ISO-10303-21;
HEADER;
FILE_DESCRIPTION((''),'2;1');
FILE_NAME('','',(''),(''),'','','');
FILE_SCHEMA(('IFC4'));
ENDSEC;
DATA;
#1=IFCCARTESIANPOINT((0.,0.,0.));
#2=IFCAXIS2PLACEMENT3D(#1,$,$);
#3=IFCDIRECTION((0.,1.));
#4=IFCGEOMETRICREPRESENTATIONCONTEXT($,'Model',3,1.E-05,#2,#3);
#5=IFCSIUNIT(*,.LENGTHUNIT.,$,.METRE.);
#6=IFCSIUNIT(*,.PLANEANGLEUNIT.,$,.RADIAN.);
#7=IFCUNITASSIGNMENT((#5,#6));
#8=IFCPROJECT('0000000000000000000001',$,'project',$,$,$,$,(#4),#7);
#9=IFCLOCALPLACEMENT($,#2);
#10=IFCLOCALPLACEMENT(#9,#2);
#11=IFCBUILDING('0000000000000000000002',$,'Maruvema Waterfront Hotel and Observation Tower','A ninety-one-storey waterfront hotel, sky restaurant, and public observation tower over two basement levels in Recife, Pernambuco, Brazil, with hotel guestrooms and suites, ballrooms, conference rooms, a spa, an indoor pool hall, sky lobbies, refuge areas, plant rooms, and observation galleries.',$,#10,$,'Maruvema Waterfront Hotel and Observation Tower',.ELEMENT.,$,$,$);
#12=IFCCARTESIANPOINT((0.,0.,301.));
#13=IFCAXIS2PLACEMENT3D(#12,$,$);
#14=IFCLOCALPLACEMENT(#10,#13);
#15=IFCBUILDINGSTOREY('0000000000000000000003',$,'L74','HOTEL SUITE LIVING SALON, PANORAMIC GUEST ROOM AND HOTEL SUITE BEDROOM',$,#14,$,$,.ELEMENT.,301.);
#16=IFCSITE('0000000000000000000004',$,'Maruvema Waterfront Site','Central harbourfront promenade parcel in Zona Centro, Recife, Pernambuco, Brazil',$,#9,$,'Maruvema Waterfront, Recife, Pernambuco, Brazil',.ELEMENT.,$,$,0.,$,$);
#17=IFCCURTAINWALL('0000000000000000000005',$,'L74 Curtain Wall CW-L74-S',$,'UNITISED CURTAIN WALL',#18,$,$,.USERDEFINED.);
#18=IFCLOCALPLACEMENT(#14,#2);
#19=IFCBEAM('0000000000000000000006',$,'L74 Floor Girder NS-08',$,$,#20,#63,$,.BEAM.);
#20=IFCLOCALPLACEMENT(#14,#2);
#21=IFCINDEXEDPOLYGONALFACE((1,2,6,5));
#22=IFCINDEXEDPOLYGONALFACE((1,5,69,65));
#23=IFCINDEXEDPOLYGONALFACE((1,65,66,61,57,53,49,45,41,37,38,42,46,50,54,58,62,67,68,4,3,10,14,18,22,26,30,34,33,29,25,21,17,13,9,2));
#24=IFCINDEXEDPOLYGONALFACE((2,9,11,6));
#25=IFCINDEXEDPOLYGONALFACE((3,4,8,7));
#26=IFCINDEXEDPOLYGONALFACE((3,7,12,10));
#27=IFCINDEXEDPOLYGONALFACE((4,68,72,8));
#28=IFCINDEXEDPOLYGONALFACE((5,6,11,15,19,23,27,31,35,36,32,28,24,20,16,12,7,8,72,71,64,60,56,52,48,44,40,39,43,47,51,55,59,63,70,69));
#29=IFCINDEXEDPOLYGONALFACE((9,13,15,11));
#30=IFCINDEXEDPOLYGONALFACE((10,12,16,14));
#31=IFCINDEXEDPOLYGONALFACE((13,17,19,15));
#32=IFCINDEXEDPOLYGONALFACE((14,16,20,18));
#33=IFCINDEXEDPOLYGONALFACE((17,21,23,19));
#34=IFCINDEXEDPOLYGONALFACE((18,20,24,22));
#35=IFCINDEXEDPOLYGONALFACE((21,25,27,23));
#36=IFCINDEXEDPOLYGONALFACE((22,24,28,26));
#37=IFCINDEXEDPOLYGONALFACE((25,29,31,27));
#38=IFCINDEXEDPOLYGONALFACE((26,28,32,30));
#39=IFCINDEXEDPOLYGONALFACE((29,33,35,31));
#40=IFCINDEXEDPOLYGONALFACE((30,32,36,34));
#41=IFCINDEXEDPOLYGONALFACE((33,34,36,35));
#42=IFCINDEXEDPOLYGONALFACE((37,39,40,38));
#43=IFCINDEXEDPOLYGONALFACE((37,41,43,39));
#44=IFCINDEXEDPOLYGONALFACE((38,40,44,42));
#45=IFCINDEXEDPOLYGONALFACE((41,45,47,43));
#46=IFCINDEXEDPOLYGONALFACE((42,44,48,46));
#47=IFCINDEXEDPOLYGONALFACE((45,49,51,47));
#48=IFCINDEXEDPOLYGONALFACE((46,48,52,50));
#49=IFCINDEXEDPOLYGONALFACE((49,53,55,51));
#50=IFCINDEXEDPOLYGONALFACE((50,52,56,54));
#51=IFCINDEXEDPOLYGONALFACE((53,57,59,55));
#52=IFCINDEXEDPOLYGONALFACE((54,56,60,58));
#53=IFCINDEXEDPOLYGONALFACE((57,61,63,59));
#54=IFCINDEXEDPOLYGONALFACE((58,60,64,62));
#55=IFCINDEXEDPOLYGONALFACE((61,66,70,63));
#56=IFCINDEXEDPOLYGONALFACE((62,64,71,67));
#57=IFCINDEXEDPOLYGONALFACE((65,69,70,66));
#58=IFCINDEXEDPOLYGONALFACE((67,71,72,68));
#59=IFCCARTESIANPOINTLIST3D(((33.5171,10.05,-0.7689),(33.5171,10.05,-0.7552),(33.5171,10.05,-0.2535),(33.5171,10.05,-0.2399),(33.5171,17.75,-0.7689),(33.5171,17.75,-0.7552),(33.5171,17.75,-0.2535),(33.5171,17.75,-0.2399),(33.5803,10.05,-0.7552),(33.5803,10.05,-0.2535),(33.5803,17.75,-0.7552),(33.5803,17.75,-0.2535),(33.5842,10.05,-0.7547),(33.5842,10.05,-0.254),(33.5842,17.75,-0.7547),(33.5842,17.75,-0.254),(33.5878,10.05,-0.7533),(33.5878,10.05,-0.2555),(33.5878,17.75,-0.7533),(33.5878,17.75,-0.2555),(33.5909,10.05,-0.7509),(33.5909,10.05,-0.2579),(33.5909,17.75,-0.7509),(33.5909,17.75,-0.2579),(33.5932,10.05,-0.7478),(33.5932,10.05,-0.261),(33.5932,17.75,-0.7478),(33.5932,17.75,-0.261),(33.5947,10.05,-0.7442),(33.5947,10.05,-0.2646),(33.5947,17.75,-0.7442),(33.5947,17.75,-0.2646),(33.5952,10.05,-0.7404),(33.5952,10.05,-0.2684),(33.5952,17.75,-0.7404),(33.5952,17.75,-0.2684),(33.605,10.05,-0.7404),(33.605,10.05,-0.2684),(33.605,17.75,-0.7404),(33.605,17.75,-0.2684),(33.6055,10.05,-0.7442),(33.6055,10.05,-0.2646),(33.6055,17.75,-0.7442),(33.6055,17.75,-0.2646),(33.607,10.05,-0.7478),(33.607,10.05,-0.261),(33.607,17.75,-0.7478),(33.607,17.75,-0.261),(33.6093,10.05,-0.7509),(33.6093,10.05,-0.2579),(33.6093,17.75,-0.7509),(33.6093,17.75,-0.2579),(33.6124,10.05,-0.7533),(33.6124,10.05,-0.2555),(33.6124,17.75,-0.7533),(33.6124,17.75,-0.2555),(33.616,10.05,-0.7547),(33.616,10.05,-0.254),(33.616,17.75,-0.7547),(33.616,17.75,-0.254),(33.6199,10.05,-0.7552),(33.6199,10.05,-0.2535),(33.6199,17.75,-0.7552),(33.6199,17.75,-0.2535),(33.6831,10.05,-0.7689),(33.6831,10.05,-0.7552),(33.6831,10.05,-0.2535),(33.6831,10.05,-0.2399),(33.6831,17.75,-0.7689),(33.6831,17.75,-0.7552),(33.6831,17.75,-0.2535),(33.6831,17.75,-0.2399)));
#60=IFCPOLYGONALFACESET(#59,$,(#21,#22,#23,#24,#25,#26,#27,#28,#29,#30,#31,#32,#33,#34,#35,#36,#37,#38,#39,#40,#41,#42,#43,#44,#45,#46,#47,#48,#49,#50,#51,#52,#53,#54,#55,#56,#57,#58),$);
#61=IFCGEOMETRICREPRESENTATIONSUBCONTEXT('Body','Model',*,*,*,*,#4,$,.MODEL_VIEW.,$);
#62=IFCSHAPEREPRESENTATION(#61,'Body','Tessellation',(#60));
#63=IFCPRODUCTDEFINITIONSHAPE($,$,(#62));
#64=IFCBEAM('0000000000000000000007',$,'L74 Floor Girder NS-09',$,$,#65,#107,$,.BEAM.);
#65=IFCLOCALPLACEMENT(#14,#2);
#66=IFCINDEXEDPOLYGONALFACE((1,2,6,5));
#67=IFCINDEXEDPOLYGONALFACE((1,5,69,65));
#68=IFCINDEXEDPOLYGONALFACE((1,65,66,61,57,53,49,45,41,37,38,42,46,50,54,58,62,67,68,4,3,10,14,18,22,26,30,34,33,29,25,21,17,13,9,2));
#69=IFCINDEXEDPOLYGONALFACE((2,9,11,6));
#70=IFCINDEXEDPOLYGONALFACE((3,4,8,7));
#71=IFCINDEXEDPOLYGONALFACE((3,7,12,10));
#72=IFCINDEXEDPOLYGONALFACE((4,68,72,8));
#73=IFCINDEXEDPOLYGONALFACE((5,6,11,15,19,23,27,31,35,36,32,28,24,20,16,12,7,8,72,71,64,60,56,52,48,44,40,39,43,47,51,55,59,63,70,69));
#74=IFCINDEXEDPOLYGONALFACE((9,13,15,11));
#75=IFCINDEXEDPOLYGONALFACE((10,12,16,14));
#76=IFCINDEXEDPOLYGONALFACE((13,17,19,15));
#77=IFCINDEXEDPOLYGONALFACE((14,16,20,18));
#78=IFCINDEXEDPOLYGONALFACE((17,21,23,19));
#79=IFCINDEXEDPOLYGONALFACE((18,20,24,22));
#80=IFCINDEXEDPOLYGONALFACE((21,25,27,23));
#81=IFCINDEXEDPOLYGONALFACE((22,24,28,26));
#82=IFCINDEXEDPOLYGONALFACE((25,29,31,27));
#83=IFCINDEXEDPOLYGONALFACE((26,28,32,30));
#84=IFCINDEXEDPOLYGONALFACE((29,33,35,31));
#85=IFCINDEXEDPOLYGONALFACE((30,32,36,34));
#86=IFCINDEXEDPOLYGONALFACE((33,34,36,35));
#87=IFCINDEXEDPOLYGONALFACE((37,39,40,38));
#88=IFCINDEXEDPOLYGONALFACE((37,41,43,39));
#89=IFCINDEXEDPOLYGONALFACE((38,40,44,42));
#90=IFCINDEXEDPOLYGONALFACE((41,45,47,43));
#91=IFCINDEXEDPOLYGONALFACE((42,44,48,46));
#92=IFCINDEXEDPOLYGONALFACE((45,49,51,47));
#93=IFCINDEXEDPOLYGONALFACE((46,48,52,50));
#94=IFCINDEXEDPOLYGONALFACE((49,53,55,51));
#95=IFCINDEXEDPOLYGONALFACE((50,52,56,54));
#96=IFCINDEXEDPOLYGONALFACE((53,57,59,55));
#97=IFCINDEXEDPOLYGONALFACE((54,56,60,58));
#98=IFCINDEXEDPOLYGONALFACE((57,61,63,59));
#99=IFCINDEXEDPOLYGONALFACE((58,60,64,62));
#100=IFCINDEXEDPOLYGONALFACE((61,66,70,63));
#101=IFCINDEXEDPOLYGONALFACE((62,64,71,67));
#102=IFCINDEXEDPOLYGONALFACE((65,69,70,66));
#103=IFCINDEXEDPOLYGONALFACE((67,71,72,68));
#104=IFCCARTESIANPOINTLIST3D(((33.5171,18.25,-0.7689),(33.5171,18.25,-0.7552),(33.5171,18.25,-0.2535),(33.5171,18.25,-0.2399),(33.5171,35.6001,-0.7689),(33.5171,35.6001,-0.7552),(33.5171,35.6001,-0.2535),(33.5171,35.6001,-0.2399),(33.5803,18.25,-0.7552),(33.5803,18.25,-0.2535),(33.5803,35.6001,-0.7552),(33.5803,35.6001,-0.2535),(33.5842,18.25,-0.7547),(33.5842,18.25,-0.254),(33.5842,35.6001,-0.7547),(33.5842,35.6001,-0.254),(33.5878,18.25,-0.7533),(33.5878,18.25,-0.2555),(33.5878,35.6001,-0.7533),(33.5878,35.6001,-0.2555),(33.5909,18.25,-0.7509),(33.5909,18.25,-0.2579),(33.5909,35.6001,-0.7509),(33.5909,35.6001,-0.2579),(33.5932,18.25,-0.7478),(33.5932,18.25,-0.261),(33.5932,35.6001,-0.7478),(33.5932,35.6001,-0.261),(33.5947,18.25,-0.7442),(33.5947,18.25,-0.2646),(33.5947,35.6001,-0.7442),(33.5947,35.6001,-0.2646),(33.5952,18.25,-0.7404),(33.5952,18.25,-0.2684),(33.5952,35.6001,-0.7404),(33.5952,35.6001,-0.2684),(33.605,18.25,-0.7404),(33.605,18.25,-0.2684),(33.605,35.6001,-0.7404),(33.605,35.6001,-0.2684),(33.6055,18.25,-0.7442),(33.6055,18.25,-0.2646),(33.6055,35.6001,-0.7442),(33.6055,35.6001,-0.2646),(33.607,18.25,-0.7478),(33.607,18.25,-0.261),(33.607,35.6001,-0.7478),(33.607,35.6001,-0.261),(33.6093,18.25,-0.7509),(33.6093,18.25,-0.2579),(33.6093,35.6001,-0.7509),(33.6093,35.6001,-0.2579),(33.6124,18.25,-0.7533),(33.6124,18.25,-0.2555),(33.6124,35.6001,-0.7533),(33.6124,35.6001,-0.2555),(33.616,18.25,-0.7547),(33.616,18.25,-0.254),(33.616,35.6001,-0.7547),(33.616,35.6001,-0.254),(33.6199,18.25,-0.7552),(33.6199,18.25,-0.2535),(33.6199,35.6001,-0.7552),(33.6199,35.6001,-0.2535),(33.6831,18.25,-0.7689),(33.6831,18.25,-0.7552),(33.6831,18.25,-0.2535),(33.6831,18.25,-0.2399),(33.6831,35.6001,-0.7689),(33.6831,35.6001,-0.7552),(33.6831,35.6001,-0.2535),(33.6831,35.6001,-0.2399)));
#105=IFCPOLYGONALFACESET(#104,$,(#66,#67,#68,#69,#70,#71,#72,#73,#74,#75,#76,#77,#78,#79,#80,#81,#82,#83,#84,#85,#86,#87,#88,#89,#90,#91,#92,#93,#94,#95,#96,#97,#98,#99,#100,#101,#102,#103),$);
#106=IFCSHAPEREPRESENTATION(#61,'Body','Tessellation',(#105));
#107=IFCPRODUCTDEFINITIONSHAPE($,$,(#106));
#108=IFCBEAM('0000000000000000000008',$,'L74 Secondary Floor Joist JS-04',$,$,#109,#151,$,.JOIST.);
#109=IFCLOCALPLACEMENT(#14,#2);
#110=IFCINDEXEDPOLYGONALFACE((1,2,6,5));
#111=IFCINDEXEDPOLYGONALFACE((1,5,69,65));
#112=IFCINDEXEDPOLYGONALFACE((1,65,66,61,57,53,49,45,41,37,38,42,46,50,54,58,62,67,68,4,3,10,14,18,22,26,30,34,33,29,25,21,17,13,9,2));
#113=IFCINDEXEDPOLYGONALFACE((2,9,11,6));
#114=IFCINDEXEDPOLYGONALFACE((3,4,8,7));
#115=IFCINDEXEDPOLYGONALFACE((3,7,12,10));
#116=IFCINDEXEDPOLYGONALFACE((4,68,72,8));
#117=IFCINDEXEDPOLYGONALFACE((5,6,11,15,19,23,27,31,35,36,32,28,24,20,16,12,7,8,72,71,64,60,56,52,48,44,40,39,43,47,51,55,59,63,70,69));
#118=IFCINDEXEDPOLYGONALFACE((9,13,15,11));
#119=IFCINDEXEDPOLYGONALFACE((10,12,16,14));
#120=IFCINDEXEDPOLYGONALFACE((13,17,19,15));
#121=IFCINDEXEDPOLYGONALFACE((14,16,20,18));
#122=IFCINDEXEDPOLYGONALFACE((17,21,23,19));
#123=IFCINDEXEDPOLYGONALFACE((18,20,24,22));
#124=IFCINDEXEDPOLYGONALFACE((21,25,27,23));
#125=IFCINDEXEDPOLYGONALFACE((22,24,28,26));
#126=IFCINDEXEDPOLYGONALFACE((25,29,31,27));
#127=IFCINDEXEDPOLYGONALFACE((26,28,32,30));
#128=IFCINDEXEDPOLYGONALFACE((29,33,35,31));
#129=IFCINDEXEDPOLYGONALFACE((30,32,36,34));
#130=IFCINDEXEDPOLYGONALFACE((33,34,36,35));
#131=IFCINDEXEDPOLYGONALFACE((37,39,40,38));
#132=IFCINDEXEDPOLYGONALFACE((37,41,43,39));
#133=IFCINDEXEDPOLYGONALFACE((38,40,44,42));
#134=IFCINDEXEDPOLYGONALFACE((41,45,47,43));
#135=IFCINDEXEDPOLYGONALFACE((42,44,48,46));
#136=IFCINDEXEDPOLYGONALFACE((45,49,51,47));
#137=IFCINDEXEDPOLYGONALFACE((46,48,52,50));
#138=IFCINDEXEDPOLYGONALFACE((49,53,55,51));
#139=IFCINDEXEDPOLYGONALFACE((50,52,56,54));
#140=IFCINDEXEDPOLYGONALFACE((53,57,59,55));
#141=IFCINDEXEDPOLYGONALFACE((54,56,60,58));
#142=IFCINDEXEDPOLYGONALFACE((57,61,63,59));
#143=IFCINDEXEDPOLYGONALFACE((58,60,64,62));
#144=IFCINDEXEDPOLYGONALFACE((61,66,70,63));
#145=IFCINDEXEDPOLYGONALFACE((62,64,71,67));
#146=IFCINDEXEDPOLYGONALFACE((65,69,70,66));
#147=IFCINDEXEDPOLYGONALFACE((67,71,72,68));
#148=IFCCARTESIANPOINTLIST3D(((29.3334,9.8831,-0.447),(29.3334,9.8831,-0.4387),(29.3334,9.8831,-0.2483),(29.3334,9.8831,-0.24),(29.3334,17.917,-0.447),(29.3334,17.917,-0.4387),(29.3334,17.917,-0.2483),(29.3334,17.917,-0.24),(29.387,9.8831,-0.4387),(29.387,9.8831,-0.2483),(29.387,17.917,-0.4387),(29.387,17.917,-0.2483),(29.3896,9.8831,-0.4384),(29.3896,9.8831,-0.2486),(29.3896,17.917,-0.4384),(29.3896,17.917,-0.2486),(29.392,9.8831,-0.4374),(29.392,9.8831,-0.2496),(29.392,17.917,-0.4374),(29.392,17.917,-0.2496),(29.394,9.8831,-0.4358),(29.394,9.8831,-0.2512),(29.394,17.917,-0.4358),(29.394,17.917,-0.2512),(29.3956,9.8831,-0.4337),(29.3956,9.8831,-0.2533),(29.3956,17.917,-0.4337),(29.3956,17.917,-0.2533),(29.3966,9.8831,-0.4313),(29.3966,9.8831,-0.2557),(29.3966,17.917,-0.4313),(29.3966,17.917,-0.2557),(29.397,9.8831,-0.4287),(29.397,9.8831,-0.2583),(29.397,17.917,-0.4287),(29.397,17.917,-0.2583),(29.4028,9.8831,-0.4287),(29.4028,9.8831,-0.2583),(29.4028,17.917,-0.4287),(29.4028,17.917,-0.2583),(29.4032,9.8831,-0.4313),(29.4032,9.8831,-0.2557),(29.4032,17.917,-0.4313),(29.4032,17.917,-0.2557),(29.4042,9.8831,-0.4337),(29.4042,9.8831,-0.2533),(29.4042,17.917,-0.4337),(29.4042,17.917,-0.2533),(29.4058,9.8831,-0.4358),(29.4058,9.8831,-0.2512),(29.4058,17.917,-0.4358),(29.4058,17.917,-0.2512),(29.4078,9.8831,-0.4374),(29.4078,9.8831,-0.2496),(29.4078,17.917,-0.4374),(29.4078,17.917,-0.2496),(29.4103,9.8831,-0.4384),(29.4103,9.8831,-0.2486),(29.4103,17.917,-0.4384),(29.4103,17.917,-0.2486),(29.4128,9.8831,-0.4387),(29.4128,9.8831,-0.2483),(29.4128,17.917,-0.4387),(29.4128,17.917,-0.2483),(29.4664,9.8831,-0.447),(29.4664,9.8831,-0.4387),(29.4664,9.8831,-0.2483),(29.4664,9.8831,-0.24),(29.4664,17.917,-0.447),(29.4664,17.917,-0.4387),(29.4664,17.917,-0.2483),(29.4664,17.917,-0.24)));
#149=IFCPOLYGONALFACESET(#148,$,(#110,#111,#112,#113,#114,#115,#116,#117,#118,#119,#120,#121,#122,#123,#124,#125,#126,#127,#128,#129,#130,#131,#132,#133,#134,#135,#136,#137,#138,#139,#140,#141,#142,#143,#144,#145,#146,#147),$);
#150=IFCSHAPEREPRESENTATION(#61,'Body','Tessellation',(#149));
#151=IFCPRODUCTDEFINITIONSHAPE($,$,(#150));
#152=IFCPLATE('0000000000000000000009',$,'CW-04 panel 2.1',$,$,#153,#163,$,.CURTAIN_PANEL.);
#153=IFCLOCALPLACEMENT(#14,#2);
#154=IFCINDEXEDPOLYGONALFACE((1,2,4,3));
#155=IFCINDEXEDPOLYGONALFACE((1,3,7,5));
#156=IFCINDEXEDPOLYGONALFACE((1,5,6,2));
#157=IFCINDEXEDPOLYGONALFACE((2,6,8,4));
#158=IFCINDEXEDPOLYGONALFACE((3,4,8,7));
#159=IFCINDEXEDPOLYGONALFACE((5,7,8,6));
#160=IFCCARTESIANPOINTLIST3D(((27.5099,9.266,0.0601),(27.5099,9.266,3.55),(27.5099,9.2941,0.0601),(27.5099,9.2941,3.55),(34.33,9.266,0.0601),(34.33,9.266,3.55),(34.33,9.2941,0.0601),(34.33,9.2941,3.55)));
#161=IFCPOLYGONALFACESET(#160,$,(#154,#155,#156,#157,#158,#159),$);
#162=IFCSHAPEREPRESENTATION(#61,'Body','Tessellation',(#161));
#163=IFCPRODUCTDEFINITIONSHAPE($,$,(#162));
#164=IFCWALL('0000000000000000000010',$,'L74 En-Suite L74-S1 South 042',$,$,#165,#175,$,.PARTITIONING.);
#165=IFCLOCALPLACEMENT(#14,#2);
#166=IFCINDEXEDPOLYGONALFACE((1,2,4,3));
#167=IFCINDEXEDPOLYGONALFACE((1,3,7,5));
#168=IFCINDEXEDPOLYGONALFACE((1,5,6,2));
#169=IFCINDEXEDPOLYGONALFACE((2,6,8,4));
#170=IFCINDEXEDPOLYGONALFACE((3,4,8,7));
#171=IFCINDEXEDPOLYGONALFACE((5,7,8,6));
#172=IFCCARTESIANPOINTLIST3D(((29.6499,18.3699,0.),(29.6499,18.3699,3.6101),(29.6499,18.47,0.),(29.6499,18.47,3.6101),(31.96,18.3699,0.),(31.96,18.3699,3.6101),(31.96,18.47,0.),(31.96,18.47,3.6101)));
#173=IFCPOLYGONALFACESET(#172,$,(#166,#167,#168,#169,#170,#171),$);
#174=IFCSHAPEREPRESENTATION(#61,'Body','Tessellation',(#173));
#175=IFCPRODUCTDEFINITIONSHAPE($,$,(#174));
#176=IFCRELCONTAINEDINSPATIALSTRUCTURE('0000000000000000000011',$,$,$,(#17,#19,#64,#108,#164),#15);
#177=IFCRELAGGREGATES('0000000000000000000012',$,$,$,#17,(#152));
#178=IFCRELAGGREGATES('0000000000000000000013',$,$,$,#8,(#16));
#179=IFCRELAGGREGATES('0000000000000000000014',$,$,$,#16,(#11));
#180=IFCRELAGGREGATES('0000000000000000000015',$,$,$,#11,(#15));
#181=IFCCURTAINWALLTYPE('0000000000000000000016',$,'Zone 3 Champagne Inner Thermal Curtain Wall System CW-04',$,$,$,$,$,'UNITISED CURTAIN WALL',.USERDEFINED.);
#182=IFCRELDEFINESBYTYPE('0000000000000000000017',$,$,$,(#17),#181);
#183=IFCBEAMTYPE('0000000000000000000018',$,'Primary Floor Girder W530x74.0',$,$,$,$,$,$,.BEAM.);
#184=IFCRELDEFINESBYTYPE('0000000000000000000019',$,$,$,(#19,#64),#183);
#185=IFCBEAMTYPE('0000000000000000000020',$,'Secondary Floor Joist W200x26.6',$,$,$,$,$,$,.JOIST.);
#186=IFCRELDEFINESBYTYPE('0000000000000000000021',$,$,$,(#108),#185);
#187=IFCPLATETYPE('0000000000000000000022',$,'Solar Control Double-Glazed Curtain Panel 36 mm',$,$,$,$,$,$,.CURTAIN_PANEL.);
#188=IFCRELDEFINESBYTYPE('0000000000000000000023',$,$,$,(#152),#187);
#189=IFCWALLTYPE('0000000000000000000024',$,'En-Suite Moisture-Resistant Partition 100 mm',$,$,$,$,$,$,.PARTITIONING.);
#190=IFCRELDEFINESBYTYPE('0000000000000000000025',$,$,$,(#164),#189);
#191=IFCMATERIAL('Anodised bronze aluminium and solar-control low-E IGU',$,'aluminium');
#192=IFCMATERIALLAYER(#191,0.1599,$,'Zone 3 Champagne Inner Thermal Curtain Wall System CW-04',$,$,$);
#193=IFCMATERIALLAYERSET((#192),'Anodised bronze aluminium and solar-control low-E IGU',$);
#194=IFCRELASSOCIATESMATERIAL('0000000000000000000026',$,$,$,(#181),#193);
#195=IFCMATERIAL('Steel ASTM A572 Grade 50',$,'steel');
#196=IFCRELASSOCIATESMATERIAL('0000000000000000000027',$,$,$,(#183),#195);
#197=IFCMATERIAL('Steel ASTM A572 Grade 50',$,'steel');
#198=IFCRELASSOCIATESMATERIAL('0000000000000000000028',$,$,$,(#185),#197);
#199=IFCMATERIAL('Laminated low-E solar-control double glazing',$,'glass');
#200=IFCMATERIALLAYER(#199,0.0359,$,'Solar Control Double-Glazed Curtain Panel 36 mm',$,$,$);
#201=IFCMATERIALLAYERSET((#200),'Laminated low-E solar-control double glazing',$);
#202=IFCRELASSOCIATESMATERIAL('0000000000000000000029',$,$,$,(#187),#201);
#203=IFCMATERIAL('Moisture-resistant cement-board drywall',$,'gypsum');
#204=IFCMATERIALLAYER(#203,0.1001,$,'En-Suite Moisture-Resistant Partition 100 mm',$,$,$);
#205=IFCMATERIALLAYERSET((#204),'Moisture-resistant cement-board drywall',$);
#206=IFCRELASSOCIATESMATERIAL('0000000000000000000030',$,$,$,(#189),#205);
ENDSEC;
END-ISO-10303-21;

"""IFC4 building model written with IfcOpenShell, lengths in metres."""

from ifc_helpers import new_model, si_unit, direction, frame, frame_2d, origin, origin_2d, place, context, subcontext, project, spatial, rectangle, i_section, extrude, material, layer, layer_set, material_profile, profile_set, type_object, element, aggregate, save


model = new_model("IFC4")

# Units and contexts
model_context = context("Model", 3, precision=1e-05, world=origin(), true_north=direction((0.0, 1.0)))
body_context = subcontext(model_context, "Body", "Model", "MODEL_VIEW")
ifc_project = project(units=[si_unit("LENGTHUNIT", "METRE"), si_unit("PLANEANGLEUNIT", "RADIAN")], contexts=[model_context])

# Site, building, storey
site_placement = place(None, origin())
site = spatial("IfcSite", under=ifc_project, at=site_placement, Name="Maruvema Waterfront Site", Description="Central harbourfront promenade parcel in Zona Centro, Recife, Pernambuco, Brazil", LongName="Maruvema Waterfront, Recife, Pernambuco, Brazil", CompositionType="ELEMENT", RefElevation=0.0)
building_placement = place(site_placement, origin())
building = spatial("IfcBuilding", under=site, at=building_placement, Name="Maruvema Waterfront Hotel and Observation Tower", Description="A ninety-one-storey waterfront hotel, sky restaurant, and public observation tower over two basement levels in Recife, Pernambuco, Brazil, with hotel guestrooms and suites, ballrooms, conference rooms, a spa, an indoor pool hall, sky lobbies, refuge areas, plant rooms, and observation galleries.", LongName="Maruvema Waterfront Hotel and Observation Tower", CompositionType="ELEMENT")
storey_placement = place(building_placement, frame((0.0, 0.0, 301.0)))
storey = spatial("IfcBuildingStorey", under=building, at=storey_placement, Name="L74", Description="HOTEL SUITE LIVING SALON, PANORAMIC GUEST ROOM AND HOTEL SUITE BEDROOM", CompositionType="ELEMENT", Elevation=301.0)

# Curtain wall
ifc_material_1 = material(Name="Anodised bronze aluminium and solar-control low-E IGU", Category="aluminium")
ifc_layer_1 = layer(ifc_material_1, 0.1599, Name="Zone 3 Champagne Inner Thermal Curtain Wall System CW-04")
ifc_layer_set_1 = layer_set([ifc_layer_1], Name="Anodised bronze aluminium and solar-control low-E IGU")
curtain_wall_type = type_object("IfcCurtainWallType", Name="Zone 3 Champagne Inner Thermal Curtain Wall System CW-04", ElementType="UNITISED CURTAIN WALL", PredefinedType="USERDEFINED", material=ifc_layer_set_1)
curtain_wall_placement = place(storey_placement, origin())
curtain_wall = element("IfcCurtainWall", 1, at=curtain_wall_placement, inside=storey, type_object=curtain_wall_type, Name="L74 Curtain Wall CW-L74-S", ObjectType="UNITISED CURTAIN WALL", PredefinedType="USERDEFINED")

# Beams
ifc_material_2 = material(Name="Steel ASTM A572 Grade 50", Category="steel")
ifc_material_profile_1 = material_profile(ifc_material_2, i_section(OverallWidth=0.166, OverallDepth=0.5291, WebThickness=0.0098, FlangeThickness=0.0137, FilletRadius=0.0149, at=origin_2d()), Name="W530x74.0")
ifc_profile_set_1 = profile_set([ifc_material_profile_1], Name="Steel ASTM A572 Grade 50")
beam_type_1 = type_object("IfcBeamType", Name="Primary Floor Girder W530x74.0", PredefinedType="BEAM", material=ifc_profile_set_1)
beam_1_placement = place(storey_placement, frame((33.6001, 10.05, -0.5044), z_axis=(0.0, 1.0, 0.0), x_axis=(-1.0, 0.0, 0.0)))
element("IfcBeam", 2, at=beam_1_placement, inside=storey, type_object=beam_type_1, Name="L74 Floor Girder NS-08", PredefinedType="BEAM", context=body_context, shape_type="SweptSolid", body=[
    extrude(i_section(OverallWidth=0.166, OverallDepth=0.5291, WebThickness=0.0098, FlangeThickness=0.0137, FilletRadius=0.0149, at=origin_2d()), origin(), (0.0, 0.0, 1.0), 7.7),
])
beam_2_placement = place(storey_placement, frame((33.6001, 18.25, -0.5044), z_axis=(0.0, 1.0, 0.0), x_axis=(-1.0, 0.0, 0.0)))
element("IfcBeam", 3, at=beam_2_placement, inside=storey, type_object=beam_type_1, Name="L74 Floor Girder NS-09", PredefinedType="BEAM", context=body_context, shape_type="SweptSolid", body=[
    extrude(i_section(OverallWidth=0.166, OverallDepth=0.5291, WebThickness=0.0098, FlangeThickness=0.0137, FilletRadius=0.0149, at=origin_2d()), origin(), (0.0, 0.0, 1.0), 17.3501),
])
ifc_material_3 = material(Name="Steel ASTM A572 Grade 50", Category="steel")
ifc_material_profile_2 = material_profile(ifc_material_3, i_section(OverallWidth=0.1331, OverallDepth=0.207, WebThickness=0.0059, FlangeThickness=0.0083, FilletRadius=0.01, at=origin_2d()), Name="W200x26.6")
ifc_profile_set_2 = profile_set([ifc_material_profile_2], Name="Steel ASTM A572 Grade 50")
beam_type_2 = type_object("IfcBeamType", Name="Secondary Floor Joist W200x26.6", PredefinedType="JOIST", material=ifc_profile_set_2)
beam_3_placement = place(storey_placement, frame((29.3999, 9.8831, -0.3435), z_axis=(0.0, 1.0, 0.0), x_axis=(-1.0, 0.0, 0.0)))
element("IfcBeam", 4, at=beam_3_placement, inside=storey, type_object=beam_type_2, Name="L74 Secondary Floor Joist JS-04", PredefinedType="JOIST", context=body_context, shape_type="SweptSolid", body=[
    extrude(i_section(OverallWidth=0.1331, OverallDepth=0.207, WebThickness=0.0059, FlangeThickness=0.0083, FilletRadius=0.01, at=origin_2d()), origin(), (0.0, 0.0, 1.0), 8.0339),
])

# Plate
ifc_material_4 = material(Name="Laminated low-E solar-control double glazing", Category="glass")
ifc_layer_2 = layer(ifc_material_4, 0.0359, Name="Solar Control Double-Glazed Curtain Panel 36 mm")
ifc_layer_set_2 = layer_set([ifc_layer_2], Name="Laminated low-E solar-control double glazing")
plate_type = type_object("IfcPlateType", Name="Solar Control Double-Glazed Curtain Panel 36 mm", PredefinedType="CURTAIN_PANEL", material=ifc_layer_set_2)
plate_placement = place(storey_placement, frame((30.9199, 9.28, 0.0601), z_axis=(0.0, 0.0, 1.0), x_axis=(1.0, 0.0, 0.0)))
plate = element("IfcPlate", 5, at=plate_placement, type_object=plate_type, Name="CW-04 panel 2.1", PredefinedType="CURTAIN_PANEL", context=body_context, shape_type="SweptSolid", body=[
    extrude(rectangle(XDim=6.8201, YDim=0.0281, at=origin_2d()), origin(), (0.0, 0.0, 1.0), 3.49),
])
aggregate(curtain_wall, [plate])

# Wall
ifc_material_5 = material(Name="Moisture-resistant cement-board drywall", Category="gypsum")
ifc_layer_3 = layer(ifc_material_5, 0.1001, Name="En-Suite Moisture-Resistant Partition 100 mm")
ifc_layer_set_3 = layer_set([ifc_layer_3], Name="Moisture-resistant cement-board drywall")
wall_type_1 = type_object("IfcWallType", Name="En-Suite Moisture-Resistant Partition 100 mm", PredefinedType="PARTITIONING", material=ifc_layer_set_3)
wall_1_placement = place(storey_placement, frame((29.6499, 18.4199, 0.0), z_axis=(0.0, 0.0, 1.0), x_axis=(1.0, 0.0, 0.0)))
element("IfcWall", 6, at=wall_1_placement, inside=storey, type_object=wall_type_1, Name="L74 En-Suite L74-S1 South 042", PredefinedType="PARTITIONING", context=body_context, shape_type="SweptSolid", body=[
    extrude(rectangle(XDim=2.3101, YDim=0.1001, at=frame_2d((1.155, 0.0))), origin(), (0.0, 0.0, 1.0), 3.6101),
])

save(model, "model.ifc")
